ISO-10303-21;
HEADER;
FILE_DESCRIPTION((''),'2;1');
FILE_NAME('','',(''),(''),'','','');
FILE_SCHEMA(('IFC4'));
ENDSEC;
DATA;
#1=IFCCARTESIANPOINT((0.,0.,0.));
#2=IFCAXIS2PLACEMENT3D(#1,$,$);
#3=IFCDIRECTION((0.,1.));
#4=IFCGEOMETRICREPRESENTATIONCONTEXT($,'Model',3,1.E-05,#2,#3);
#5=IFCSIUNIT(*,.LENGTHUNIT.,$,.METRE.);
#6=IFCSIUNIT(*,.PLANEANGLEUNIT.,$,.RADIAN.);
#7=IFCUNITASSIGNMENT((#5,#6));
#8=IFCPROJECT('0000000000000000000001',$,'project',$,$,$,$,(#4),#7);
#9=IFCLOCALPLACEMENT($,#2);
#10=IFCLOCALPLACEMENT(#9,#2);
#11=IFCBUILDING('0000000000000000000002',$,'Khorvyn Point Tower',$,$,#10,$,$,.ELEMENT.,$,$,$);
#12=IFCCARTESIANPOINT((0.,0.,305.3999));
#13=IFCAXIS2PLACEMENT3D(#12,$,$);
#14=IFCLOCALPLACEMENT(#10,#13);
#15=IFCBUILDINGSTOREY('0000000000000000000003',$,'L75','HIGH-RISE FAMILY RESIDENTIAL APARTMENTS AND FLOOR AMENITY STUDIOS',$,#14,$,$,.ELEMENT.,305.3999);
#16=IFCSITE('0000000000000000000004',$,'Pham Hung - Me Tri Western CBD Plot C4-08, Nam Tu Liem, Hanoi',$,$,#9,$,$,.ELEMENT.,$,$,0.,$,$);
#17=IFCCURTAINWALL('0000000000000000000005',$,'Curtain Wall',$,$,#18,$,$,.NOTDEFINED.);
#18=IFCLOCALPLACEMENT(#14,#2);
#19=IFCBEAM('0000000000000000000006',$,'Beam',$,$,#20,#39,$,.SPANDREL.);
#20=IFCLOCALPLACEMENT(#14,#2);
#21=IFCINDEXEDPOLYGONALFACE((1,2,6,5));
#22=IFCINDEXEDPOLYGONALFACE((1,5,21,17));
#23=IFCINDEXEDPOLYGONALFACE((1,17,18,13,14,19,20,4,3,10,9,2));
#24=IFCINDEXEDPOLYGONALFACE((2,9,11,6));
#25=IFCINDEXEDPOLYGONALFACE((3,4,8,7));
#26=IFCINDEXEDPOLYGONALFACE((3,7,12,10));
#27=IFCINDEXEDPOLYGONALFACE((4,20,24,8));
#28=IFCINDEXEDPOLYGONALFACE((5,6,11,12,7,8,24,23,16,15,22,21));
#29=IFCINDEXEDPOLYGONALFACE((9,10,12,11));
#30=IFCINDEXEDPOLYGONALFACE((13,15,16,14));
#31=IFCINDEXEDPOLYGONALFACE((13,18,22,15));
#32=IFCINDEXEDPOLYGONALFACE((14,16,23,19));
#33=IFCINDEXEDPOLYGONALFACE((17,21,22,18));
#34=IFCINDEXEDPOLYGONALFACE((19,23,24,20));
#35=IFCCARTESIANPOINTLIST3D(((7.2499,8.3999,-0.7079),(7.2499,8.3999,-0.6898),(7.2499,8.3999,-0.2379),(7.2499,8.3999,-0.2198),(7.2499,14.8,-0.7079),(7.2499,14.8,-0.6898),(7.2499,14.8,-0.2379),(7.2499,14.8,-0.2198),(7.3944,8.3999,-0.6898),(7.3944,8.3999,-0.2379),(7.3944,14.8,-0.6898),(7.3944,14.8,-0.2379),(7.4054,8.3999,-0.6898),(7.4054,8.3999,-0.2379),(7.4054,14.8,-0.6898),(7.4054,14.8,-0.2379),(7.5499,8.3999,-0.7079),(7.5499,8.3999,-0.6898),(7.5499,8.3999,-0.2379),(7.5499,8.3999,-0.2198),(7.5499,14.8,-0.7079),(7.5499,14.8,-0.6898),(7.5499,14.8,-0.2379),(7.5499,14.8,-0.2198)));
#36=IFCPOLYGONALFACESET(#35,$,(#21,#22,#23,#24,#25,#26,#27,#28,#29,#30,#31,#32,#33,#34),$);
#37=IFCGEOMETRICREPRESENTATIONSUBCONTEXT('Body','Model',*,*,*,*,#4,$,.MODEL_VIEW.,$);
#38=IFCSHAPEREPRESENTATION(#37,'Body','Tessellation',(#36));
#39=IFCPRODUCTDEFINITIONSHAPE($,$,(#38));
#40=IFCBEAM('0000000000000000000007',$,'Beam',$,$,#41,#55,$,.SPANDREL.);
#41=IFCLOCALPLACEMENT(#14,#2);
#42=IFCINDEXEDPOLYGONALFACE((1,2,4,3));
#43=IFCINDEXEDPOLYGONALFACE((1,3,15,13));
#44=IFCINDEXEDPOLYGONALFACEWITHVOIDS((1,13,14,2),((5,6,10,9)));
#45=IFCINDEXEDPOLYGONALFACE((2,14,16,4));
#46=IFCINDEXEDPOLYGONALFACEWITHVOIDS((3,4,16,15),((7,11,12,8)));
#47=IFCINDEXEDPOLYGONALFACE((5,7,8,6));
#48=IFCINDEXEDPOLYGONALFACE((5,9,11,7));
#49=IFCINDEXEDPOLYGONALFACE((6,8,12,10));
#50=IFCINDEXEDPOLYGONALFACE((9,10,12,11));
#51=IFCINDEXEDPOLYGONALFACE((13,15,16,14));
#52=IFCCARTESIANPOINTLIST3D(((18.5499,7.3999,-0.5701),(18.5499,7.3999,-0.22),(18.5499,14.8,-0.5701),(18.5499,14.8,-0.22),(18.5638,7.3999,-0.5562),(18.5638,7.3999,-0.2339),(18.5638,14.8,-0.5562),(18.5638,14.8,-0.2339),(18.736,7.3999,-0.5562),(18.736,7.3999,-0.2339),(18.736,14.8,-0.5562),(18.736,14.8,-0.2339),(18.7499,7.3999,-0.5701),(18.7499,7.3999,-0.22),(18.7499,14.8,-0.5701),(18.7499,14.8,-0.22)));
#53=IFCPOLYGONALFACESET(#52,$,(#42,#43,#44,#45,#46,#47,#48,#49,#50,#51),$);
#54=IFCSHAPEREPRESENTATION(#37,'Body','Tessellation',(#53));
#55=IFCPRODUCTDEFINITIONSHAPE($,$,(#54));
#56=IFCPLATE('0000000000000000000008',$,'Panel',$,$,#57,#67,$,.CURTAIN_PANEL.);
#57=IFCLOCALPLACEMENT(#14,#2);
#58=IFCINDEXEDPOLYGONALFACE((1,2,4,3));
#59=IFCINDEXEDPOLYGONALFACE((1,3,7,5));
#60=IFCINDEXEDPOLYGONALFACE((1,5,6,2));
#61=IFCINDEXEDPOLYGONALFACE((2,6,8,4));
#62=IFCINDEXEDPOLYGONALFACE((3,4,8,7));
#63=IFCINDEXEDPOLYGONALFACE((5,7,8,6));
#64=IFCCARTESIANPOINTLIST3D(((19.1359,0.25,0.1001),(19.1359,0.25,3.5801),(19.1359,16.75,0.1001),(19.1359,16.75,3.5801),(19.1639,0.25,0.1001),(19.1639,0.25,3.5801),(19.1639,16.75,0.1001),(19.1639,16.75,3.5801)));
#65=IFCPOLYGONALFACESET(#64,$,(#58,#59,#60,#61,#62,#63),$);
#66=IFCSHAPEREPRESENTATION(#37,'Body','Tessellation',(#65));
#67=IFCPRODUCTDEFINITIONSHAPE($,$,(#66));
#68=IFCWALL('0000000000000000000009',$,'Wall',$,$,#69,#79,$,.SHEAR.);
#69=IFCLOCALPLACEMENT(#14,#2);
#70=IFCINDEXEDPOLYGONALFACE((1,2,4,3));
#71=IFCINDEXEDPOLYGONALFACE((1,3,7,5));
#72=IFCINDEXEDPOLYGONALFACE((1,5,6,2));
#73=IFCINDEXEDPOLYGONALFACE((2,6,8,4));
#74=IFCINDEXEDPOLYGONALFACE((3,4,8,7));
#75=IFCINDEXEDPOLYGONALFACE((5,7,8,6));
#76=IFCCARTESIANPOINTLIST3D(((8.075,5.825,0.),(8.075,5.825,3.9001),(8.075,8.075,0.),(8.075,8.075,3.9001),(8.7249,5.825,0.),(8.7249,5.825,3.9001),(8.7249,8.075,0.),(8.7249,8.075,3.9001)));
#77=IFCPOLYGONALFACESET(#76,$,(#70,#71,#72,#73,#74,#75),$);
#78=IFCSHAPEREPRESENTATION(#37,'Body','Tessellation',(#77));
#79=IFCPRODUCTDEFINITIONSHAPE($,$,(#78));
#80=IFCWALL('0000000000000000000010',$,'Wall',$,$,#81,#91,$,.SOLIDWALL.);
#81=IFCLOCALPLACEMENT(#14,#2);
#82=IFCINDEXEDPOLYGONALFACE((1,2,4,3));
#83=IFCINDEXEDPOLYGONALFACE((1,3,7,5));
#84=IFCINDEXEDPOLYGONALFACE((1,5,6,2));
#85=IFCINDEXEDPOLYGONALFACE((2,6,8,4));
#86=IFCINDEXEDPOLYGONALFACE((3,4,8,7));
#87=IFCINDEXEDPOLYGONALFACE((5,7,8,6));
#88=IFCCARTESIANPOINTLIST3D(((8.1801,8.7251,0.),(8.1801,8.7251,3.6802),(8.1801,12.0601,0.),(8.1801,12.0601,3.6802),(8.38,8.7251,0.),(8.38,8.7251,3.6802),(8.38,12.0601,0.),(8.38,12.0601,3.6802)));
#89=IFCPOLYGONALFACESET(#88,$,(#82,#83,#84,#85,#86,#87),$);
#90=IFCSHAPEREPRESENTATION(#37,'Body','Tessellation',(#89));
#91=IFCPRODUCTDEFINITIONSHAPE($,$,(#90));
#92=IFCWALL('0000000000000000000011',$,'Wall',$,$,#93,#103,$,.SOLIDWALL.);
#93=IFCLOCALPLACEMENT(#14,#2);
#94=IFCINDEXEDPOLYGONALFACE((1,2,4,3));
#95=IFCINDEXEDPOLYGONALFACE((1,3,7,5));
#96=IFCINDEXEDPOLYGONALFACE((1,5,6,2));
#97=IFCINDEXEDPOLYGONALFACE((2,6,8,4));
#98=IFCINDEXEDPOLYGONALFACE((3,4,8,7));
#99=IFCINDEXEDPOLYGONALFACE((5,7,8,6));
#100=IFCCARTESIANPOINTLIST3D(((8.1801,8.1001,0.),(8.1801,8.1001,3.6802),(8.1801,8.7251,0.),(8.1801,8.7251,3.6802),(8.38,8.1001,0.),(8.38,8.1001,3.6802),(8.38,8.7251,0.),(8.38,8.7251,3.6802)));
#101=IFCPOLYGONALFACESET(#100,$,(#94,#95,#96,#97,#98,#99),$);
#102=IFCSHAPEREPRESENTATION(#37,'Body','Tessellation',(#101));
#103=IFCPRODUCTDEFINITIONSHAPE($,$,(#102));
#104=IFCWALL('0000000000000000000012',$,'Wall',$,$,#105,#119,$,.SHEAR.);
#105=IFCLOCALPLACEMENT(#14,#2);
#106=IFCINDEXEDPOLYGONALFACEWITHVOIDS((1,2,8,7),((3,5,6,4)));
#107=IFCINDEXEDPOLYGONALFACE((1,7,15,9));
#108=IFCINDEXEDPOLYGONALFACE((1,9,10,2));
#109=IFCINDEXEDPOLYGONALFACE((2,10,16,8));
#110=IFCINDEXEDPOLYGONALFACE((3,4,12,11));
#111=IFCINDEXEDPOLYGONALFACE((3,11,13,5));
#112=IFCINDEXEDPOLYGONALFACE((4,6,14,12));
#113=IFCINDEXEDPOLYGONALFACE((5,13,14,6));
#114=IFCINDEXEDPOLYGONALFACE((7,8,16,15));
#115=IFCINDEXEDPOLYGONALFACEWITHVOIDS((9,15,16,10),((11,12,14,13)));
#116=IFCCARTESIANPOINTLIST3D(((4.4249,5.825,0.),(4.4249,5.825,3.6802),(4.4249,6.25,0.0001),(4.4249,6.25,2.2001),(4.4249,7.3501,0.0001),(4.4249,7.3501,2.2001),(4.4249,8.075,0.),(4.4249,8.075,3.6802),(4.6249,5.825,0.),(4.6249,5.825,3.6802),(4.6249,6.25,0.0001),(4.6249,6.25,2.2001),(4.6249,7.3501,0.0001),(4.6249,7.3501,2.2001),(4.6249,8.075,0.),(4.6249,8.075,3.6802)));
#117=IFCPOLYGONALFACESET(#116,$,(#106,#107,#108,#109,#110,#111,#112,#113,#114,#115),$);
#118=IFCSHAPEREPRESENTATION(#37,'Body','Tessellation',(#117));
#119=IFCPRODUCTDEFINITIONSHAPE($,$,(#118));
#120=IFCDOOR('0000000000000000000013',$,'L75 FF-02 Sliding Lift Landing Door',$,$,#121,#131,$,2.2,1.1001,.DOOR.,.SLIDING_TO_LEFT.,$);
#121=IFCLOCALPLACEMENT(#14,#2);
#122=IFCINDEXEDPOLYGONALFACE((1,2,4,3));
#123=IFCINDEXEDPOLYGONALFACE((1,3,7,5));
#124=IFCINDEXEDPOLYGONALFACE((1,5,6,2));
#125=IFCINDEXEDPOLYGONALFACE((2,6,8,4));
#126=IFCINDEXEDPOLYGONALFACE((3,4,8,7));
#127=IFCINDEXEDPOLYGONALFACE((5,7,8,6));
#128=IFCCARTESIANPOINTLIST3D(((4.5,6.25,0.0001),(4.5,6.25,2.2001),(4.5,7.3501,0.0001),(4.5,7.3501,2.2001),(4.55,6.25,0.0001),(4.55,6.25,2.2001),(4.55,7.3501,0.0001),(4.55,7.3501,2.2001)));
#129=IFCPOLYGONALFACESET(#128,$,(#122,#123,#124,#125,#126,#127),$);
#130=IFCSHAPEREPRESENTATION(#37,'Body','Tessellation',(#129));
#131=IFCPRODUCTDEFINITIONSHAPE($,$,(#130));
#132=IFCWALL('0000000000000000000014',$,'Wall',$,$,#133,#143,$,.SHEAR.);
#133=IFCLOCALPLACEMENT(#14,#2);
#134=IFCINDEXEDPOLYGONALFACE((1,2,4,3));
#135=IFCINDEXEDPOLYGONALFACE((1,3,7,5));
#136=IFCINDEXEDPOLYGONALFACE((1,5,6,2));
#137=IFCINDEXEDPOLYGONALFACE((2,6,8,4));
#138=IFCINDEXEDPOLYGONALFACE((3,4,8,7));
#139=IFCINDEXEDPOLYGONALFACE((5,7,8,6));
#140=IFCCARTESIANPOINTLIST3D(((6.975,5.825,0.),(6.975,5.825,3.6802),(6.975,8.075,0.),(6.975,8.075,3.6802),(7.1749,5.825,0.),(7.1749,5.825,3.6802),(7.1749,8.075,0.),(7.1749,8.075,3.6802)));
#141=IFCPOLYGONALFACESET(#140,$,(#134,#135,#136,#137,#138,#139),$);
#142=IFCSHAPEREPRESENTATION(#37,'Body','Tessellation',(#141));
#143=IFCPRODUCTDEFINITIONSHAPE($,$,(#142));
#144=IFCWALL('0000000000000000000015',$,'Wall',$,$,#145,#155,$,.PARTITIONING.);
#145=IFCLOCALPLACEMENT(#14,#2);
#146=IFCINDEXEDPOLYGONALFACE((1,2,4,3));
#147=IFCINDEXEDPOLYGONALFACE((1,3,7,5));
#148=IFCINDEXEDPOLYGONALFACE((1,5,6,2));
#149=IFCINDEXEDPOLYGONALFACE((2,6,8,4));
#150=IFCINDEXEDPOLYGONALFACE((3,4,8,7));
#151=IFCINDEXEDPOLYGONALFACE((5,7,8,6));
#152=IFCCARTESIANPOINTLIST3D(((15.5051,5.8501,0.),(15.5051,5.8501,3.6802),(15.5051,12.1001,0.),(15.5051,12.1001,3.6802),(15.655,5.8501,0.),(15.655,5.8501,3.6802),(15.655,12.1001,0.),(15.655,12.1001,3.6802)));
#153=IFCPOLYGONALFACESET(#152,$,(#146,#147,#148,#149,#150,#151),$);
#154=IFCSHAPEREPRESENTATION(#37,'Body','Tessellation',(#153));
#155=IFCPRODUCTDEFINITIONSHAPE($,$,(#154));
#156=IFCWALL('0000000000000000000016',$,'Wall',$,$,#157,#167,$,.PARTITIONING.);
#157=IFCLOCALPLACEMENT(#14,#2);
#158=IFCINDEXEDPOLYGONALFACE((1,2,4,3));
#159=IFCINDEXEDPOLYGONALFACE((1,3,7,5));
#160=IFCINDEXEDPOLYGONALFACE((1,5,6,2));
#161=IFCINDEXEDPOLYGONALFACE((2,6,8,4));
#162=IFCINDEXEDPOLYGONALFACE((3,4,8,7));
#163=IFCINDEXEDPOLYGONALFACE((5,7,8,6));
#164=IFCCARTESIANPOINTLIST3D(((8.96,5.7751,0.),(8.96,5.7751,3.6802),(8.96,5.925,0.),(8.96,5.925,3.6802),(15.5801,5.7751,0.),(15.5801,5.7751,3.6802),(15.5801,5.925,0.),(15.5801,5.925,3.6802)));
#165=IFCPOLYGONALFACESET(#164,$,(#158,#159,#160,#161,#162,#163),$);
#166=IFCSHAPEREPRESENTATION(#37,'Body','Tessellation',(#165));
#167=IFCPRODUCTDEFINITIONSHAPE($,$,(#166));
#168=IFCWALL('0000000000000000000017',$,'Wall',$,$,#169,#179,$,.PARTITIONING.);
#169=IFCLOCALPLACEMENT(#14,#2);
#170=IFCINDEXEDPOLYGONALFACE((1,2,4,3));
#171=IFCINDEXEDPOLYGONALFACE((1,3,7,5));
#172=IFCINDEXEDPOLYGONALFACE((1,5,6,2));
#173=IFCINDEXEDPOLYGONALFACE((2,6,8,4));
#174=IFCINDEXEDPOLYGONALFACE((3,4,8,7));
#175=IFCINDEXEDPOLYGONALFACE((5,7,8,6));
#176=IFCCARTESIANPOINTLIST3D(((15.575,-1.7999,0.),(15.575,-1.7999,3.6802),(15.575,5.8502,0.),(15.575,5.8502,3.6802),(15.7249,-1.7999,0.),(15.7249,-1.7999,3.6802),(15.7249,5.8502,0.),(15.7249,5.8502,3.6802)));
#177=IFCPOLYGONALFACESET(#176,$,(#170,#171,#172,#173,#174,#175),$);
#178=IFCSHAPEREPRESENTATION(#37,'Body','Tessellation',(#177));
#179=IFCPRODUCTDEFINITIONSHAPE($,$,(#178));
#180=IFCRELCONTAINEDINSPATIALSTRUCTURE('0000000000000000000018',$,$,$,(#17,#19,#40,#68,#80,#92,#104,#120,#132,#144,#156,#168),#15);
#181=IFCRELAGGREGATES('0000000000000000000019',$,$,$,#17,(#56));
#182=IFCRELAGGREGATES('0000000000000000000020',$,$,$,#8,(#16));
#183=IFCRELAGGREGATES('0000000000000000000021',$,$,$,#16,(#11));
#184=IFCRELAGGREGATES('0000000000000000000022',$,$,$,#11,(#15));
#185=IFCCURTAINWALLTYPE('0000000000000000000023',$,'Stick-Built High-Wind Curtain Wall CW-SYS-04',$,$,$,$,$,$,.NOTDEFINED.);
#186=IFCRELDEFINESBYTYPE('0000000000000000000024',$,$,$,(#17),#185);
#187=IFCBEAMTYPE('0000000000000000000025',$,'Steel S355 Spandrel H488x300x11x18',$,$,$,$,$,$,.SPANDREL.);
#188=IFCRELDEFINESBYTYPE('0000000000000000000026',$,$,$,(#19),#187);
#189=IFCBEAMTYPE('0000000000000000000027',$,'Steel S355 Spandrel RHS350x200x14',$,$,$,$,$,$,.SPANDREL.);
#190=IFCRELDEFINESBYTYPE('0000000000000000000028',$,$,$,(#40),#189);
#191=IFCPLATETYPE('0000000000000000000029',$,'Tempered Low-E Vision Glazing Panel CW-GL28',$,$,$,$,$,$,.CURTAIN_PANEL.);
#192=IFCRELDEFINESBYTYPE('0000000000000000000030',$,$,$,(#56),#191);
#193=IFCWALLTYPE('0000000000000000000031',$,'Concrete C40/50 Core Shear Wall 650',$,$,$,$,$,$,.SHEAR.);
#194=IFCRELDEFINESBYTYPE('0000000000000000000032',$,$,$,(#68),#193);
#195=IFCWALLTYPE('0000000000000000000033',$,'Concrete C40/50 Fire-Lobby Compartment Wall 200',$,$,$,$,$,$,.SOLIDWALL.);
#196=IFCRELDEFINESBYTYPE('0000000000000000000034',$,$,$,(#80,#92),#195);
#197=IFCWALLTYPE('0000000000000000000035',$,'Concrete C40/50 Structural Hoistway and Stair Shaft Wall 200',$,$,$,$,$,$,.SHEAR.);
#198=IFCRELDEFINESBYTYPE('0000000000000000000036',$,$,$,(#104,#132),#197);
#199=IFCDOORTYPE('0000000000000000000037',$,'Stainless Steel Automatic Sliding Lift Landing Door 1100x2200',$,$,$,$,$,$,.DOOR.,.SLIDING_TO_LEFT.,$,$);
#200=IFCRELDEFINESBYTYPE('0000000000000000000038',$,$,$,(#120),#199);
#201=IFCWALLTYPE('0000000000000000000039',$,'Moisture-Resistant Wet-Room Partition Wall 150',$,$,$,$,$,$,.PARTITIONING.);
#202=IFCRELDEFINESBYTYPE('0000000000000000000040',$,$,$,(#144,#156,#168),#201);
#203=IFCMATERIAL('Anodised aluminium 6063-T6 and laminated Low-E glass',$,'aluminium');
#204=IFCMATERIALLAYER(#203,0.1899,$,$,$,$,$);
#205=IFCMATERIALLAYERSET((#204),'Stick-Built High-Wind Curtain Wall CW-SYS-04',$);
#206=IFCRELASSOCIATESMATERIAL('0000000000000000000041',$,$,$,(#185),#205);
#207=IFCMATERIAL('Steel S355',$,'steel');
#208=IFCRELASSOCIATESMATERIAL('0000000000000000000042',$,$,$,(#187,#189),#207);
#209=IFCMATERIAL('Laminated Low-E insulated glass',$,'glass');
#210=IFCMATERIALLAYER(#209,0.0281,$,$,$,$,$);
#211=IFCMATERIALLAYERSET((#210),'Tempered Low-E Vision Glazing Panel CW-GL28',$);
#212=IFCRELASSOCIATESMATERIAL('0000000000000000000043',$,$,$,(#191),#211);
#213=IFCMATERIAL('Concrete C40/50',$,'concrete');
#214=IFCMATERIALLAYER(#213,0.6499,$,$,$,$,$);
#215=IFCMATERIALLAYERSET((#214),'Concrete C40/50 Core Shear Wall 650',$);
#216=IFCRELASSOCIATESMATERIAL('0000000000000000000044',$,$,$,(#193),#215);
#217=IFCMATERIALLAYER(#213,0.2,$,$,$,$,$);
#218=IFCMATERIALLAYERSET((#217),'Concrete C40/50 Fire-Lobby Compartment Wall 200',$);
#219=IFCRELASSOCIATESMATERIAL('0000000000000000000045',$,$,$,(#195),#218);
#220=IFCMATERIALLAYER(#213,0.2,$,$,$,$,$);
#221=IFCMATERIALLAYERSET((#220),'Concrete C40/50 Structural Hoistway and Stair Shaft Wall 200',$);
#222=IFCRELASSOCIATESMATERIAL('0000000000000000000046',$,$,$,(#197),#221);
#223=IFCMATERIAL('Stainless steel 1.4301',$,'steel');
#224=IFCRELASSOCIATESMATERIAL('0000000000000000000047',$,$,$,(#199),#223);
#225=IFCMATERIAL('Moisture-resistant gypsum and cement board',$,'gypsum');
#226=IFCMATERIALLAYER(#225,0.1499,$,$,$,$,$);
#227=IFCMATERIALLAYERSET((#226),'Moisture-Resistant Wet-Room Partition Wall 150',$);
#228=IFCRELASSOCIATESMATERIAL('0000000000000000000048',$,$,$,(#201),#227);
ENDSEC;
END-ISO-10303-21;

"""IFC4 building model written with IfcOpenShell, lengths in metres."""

from ifc_helpers import new_model, si_unit, direction, frame, frame_2d, origin, origin_2d, place, context, subcontext, project, spatial, rectangle, hollow_rectangle, i_section, extrude, material, layer, layer_set, material_profile, profile_set, type_object, element, fill, aggregate, save


model = new_model("IFC4")

# Units and contexts
model_context = context("Model", 3, precision=1e-05, world=origin(), true_north=direction((0.0, 1.0)))
body_context = subcontext(model_context, "Body", "Model", "MODEL_VIEW")
ifc_project = project(units=[si_unit("LENGTHUNIT", "METRE"), si_unit("PLANEANGLEUNIT", "RADIAN")], contexts=[model_context])

# Site, building, storey
site_placement = place(None, origin())
site = spatial("IfcSite", under=ifc_project, at=site_placement, Name="Pham Hung - Me Tri Western CBD Plot C4-08, Nam Tu Liem, Hanoi", CompositionType="ELEMENT", RefElevation=0.0)
building_placement = place(site_placement, origin())
building = spatial("IfcBuilding", under=site, at=building_placement, Name="Khorvyn Point Tower", CompositionType="ELEMENT")
storey_placement = place(building_placement, frame((0.0, 0.0, 305.3999)))
storey = spatial("IfcBuildingStorey", under=building, at=storey_placement, Name="L75", Description="HIGH-RISE FAMILY RESIDENTIAL APARTMENTS AND FLOOR AMENITY STUDIOS", CompositionType="ELEMENT", Elevation=305.3999)

# Shared definitions
ifc_material_1 = material(Name="Concrete C40/50", Category="concrete")
ifc_material_2 = material(Name="Steel S355", Category="steel")

# Curtain wall
ifc_material_3 = material(Name="Anodised aluminium 6063-T6 and laminated Low-E glass", Category="aluminium")
ifc_layer_1 = layer(ifc_material_3, 0.1899)
ifc_layer_set_1 = layer_set([ifc_layer_1], Name="Stick-Built High-Wind Curtain Wall CW-SYS-04")
curtain_wall_type = type_object("IfcCurtainWallType", Name="Stick-Built High-Wind Curtain Wall CW-SYS-04", PredefinedType="NOTDEFINED", material=ifc_layer_set_1)
curtain_wall_placement = place(storey_placement, origin())
curtain_wall = element("IfcCurtainWall", 1, at=curtain_wall_placement, inside=storey, type_object=curtain_wall_type, Name="Curtain Wall", PredefinedType="NOTDEFINED")

# Beams
ifc_material_profile_1 = material_profile(ifc_material_2, i_section(OverallWidth=0.3, OverallDepth=0.488, WebThickness=0.011, FlangeThickness=0.0181, at=origin_2d()))
ifc_profile_set_1 = profile_set([ifc_material_profile_1], Name="Steel S355 H488x300x11x18")
beam_type_1 = type_object("IfcBeamType", Name="Steel S355 Spandrel H488x300x11x18", PredefinedType="SPANDREL", material=ifc_profile_set_1)
beam_1_placement = place(storey_placement, frame((7.3999, 8.3999, -0.4639), z_axis=(0.0, 1.0, 0.0), x_axis=(-1.0, 0.0, 0.0)))
element("IfcBeam", 2, at=beam_1_placement, inside=storey, type_object=beam_type_1, Name="Beam", PredefinedType="SPANDREL", context=body_context, shape_type="SweptSolid", body=[
    extrude(i_section(OverallWidth=0.3, OverallDepth=0.488, WebThickness=0.011, FlangeThickness=0.0181, at=origin_2d()), origin(), (0.0, 0.0, 1.0), 6.4001),
])
ifc_material_profile_2 = material_profile(ifc_material_2, hollow_rectangle(XDim=0.2, YDim=0.3501, WallThickness=0.0139, at=origin_2d()))
ifc_profile_set_2 = profile_set([ifc_material_profile_2], Name="Steel S355 RHS350x200x14")
beam_type_2 = type_object("IfcBeamType", Name="Steel S355 Spandrel RHS350x200x14", PredefinedType="SPANDREL", material=ifc_profile_set_2)
beam_2_placement = place(storey_placement, frame((18.6499, 7.3999, -0.395), z_axis=(0.0, 1.0, 0.0), x_axis=(-1.0, 0.0, 0.0)))
element("IfcBeam", 3, at=beam_2_placement, inside=storey, type_object=beam_type_2, Name="Beam", PredefinedType="SPANDREL", context=body_context, shape_type="SweptSolid", body=[
    extrude(hollow_rectangle(XDim=0.2, YDim=0.3501, WallThickness=0.0139, at=origin_2d()), origin(), (0.0, 0.0, 1.0), 7.4001),
])

# Plate
ifc_material_4 = material(Name="Laminated Low-E insulated glass", Category="glass")
ifc_layer_2 = layer(ifc_material_4, 0.0281)
ifc_layer_set_2 = layer_set([ifc_layer_2], Name="Tempered Low-E Vision Glazing Panel CW-GL28")
plate_type = type_object("IfcPlateType", Name="Tempered Low-E Vision Glazing Panel CW-GL28", PredefinedType="CURTAIN_PANEL", material=ifc_layer_set_2)
plate_placement = place(storey_placement, frame((19.1499, 8.5, 0.1001), z_axis=(0.0, 0.0, 1.0), x_axis=(0.0, -1.0, 0.0)))
plate = element("IfcPlate", 4, at=plate_placement, type_object=plate_type, Name="Panel", PredefinedType="CURTAIN_PANEL", context=body_context, shape_type="SweptSolid", body=[
    extrude(rectangle(XDim=16.5, YDim=0.0281, at=origin_2d()), origin(), (0.0, 0.0, 1.0), 3.48),
])
aggregate(curtain_wall, [plate])

# Walls
ifc_layer_3 = layer(ifc_material_1, 0.6499)
ifc_layer_set_3 = layer_set([ifc_layer_3], Name="Concrete C40/50 Core Shear Wall 650")
wall_type_1 = type_object("IfcWallType", Name="Concrete C40/50 Core Shear Wall 650", PredefinedType="SHEAR", material=ifc_layer_set_3)
wall_1_placement = place(storey_placement, frame((8.3999, 5.825, 0.0), z_axis=(0.0, 0.0, 1.0), x_axis=(0.0, 1.0, 0.0)))
element("IfcWall", 5, at=wall_1_placement, inside=storey, type_object=wall_type_1, Name="Wall", PredefinedType="SHEAR", context=body_context, shape_type="SweptSolid", body=[
    extrude(rectangle(XDim=2.25, YDim=0.6499, at=frame_2d((1.125, 0.0))), origin(), (0.0, 0.0, 1.0), 3.9001),
])
ifc_layer_4 = layer(ifc_material_1, 0.2)
ifc_layer_set_4 = layer_set([ifc_layer_4], Name="Concrete C40/50 Fire-Lobby Compartment Wall 200")
wall_type_2 = type_object("IfcWallType", Name="Concrete C40/50 Fire-Lobby Compartment Wall 200", PredefinedType="SOLIDWALL", material=ifc_layer_set_4)
wall_2_placement = place(storey_placement, frame((8.28, 8.7251, 0.0), z_axis=(0.0, 0.0, 1.0), x_axis=(0.0, 1.0, 0.0)))
element("IfcWall", 6, at=wall_2_placement, inside=storey, type_object=wall_type_2, Name="Wall", PredefinedType="SOLIDWALL", context=body_context, shape_type="SweptSolid", body=[
    extrude(rectangle(XDim=3.335, YDim=0.2, at=frame_2d((1.6675, 0.0))), origin(), (0.0, 0.0, 1.0), 3.6802),
])
wall_3_placement = place(storey_placement, frame((8.28, 8.1001, 0.0), z_axis=(0.0, 0.0, 1.0), x_axis=(0.0, 1.0, 0.0)))
element("IfcWall", 7, at=wall_3_placement, inside=storey, type_object=wall_type_2, Name="Wall", PredefinedType="SOLIDWALL", context=body_context, shape_type="SweptSolid", body=[
    extrude(rectangle(XDim=0.625, YDim=0.2, at=frame_2d((0.3125, 0.0))), origin(), (0.0, 0.0, 1.0), 3.6802),
])

# Wall, opening, door
ifc_layer_5 = layer(ifc_material_1, 0.2)
ifc_layer_set_5 = layer_set([ifc_layer_5], Name="Concrete C40/50 Structural Hoistway and Stair Shaft Wall 200")
wall_type_3 = type_object("IfcWallType", Name="Concrete C40/50 Structural Hoistway and Stair Shaft Wall 200", PredefinedType="SHEAR", material=ifc_layer_set_5)
wall_4_placement = place(storey_placement, frame((4.5249, 5.825, 0.0), z_axis=(0.0, 0.0, 1.0), x_axis=(0.0, 1.0, 0.0)))
wall_4 = element("IfcWall", 8, at=wall_4_placement, inside=storey, type_object=wall_type_3, Name="Wall", PredefinedType="SHEAR", context=body_context, shape_type="SweptSolid", body=[
    extrude(rectangle(XDim=2.25, YDim=0.2, at=frame_2d((1.125, 0.0))), origin(), (0.0, 0.0, 1.0), 3.6802),
])
opening_placement = place(wall_4_placement, frame((0.425, 0.0, 0.0)))
opening = element("IfcOpeningElement", 9, at=opening_placement, cuts=wall_4, PredefinedType="OPENING", context=body_context, shape_type="SweptSolid", body=[
    extrude(rectangle(XDim=1.1001, YDim=2.2, at=frame_2d((0.55, 1.1001))), frame((0.0, 0.1099, 0.0), z_axis=(0.0, -1.0, 0.0), x_axis=(1.0, 0.0, 0.0)), (0.0, 0.0, 1.0), 0.22),
])
ifc_material_5 = material(Name="Stainless steel 1.4301", Category="steel")
door_type = type_object("IfcDoorType", Name="Stainless Steel Automatic Sliding Lift Landing Door 1100x2200", OperationType="SLIDING_TO_LEFT", PredefinedType="DOOR", material=ifc_material_5)
door_placement = place(opening_placement, origin())
door = element("IfcDoor", 10, at=door_placement, inside=storey, type_object=door_type, Name="L75 FF-02 Sliding Lift Landing Door", OperationType="SLIDING_TO_LEFT", OverallHeight=2.2, OverallWidth=1.1001, PredefinedType="DOOR", context=body_context, shape_type="SweptSolid", body=[
    extrude(rectangle(XDim=1.1001, YDim=2.2, at=frame_2d((0.55, 1.1001))), frame((0.0, 0.0249, 0.0), z_axis=(0.0, -1.0, 0.0), x_axis=(1.0, 0.0, 0.0)), (0.0, 0.0, 1.0), 0.05),
])
fill(opening, door)

# Walls
wall_5_placement = place(storey_placement, frame((7.075, 5.825, 0.0), z_axis=(0.0, 0.0, 1.0), x_axis=(0.0, 1.0, 0.0)))
element("IfcWall", 11, at=wall_5_placement, inside=storey, type_object=wall_type_3, Name="Wall", PredefinedType="SHEAR", context=body_context, shape_type="SweptSolid", body=[
    extrude(rectangle(XDim=2.25, YDim=0.2, at=frame_2d((1.125, 0.0))), origin(), (0.0, 0.0, 1.0), 3.6802),
])
ifc_material_6 = material(Name="Moisture-resistant gypsum and cement board", Category="gypsum")
ifc_layer_6 = layer(ifc_material_6, 0.1499)
ifc_layer_set_6 = layer_set([ifc_layer_6], Name="Moisture-Resistant Wet-Room Partition Wall 150")
wall_type_4 = type_object("IfcWallType", Name="Moisture-Resistant Wet-Room Partition Wall 150", PredefinedType="PARTITIONING", material=ifc_layer_set_6)
wall_6_placement = place(storey_placement, frame((15.5801, 5.8501, 0.0), z_axis=(0.0, 0.0, 1.0), x_axis=(0.0, 1.0, 0.0)))
element("IfcWall", 12, at=wall_6_placement, inside=storey, type_object=wall_type_4, Name="Wall", PredefinedType="PARTITIONING", context=body_context, shape_type="SweptSolid", body=[
    extrude(rectangle(XDim=6.25, YDim=0.1499, at=frame_2d((3.125, 0.0))), origin(), (0.0, 0.0, 1.0), 3.6802),
])
wall_7_placement = place(storey_placement, frame((8.96, 5.8501, 0.0), z_axis=(0.0, 0.0, 1.0), x_axis=(1.0, 0.0, 0.0)))
element("IfcWall", 13, at=wall_7_placement, inside=storey, type_object=wall_type_4, Name="Wall", PredefinedType="PARTITIONING", context=body_context, shape_type="SweptSolid", body=[
    extrude(rectangle(XDim=6.6201, YDim=0.1499, at=frame_2d((3.3101, 0.0))), origin(), (0.0, 0.0, 1.0), 3.6802),
])
wall_8_placement = place(storey_placement, frame((15.6499, -1.8, 0.0), z_axis=(0.0, 0.0, 1.0), x_axis=(0.0, 1.0, 0.0)))
element("IfcWall", 14, at=wall_8_placement, inside=storey, type_object=wall_type_4, Name="Wall", PredefinedType="PARTITIONING", context=body_context, shape_type="SweptSolid", body=[
    extrude(rectangle(XDim=7.6501, YDim=0.1499, at=frame_2d((3.8252, 0.0))), origin(), (0.0, 0.0, 1.0), 3.6802),
])

save(model, "model.ifc")
